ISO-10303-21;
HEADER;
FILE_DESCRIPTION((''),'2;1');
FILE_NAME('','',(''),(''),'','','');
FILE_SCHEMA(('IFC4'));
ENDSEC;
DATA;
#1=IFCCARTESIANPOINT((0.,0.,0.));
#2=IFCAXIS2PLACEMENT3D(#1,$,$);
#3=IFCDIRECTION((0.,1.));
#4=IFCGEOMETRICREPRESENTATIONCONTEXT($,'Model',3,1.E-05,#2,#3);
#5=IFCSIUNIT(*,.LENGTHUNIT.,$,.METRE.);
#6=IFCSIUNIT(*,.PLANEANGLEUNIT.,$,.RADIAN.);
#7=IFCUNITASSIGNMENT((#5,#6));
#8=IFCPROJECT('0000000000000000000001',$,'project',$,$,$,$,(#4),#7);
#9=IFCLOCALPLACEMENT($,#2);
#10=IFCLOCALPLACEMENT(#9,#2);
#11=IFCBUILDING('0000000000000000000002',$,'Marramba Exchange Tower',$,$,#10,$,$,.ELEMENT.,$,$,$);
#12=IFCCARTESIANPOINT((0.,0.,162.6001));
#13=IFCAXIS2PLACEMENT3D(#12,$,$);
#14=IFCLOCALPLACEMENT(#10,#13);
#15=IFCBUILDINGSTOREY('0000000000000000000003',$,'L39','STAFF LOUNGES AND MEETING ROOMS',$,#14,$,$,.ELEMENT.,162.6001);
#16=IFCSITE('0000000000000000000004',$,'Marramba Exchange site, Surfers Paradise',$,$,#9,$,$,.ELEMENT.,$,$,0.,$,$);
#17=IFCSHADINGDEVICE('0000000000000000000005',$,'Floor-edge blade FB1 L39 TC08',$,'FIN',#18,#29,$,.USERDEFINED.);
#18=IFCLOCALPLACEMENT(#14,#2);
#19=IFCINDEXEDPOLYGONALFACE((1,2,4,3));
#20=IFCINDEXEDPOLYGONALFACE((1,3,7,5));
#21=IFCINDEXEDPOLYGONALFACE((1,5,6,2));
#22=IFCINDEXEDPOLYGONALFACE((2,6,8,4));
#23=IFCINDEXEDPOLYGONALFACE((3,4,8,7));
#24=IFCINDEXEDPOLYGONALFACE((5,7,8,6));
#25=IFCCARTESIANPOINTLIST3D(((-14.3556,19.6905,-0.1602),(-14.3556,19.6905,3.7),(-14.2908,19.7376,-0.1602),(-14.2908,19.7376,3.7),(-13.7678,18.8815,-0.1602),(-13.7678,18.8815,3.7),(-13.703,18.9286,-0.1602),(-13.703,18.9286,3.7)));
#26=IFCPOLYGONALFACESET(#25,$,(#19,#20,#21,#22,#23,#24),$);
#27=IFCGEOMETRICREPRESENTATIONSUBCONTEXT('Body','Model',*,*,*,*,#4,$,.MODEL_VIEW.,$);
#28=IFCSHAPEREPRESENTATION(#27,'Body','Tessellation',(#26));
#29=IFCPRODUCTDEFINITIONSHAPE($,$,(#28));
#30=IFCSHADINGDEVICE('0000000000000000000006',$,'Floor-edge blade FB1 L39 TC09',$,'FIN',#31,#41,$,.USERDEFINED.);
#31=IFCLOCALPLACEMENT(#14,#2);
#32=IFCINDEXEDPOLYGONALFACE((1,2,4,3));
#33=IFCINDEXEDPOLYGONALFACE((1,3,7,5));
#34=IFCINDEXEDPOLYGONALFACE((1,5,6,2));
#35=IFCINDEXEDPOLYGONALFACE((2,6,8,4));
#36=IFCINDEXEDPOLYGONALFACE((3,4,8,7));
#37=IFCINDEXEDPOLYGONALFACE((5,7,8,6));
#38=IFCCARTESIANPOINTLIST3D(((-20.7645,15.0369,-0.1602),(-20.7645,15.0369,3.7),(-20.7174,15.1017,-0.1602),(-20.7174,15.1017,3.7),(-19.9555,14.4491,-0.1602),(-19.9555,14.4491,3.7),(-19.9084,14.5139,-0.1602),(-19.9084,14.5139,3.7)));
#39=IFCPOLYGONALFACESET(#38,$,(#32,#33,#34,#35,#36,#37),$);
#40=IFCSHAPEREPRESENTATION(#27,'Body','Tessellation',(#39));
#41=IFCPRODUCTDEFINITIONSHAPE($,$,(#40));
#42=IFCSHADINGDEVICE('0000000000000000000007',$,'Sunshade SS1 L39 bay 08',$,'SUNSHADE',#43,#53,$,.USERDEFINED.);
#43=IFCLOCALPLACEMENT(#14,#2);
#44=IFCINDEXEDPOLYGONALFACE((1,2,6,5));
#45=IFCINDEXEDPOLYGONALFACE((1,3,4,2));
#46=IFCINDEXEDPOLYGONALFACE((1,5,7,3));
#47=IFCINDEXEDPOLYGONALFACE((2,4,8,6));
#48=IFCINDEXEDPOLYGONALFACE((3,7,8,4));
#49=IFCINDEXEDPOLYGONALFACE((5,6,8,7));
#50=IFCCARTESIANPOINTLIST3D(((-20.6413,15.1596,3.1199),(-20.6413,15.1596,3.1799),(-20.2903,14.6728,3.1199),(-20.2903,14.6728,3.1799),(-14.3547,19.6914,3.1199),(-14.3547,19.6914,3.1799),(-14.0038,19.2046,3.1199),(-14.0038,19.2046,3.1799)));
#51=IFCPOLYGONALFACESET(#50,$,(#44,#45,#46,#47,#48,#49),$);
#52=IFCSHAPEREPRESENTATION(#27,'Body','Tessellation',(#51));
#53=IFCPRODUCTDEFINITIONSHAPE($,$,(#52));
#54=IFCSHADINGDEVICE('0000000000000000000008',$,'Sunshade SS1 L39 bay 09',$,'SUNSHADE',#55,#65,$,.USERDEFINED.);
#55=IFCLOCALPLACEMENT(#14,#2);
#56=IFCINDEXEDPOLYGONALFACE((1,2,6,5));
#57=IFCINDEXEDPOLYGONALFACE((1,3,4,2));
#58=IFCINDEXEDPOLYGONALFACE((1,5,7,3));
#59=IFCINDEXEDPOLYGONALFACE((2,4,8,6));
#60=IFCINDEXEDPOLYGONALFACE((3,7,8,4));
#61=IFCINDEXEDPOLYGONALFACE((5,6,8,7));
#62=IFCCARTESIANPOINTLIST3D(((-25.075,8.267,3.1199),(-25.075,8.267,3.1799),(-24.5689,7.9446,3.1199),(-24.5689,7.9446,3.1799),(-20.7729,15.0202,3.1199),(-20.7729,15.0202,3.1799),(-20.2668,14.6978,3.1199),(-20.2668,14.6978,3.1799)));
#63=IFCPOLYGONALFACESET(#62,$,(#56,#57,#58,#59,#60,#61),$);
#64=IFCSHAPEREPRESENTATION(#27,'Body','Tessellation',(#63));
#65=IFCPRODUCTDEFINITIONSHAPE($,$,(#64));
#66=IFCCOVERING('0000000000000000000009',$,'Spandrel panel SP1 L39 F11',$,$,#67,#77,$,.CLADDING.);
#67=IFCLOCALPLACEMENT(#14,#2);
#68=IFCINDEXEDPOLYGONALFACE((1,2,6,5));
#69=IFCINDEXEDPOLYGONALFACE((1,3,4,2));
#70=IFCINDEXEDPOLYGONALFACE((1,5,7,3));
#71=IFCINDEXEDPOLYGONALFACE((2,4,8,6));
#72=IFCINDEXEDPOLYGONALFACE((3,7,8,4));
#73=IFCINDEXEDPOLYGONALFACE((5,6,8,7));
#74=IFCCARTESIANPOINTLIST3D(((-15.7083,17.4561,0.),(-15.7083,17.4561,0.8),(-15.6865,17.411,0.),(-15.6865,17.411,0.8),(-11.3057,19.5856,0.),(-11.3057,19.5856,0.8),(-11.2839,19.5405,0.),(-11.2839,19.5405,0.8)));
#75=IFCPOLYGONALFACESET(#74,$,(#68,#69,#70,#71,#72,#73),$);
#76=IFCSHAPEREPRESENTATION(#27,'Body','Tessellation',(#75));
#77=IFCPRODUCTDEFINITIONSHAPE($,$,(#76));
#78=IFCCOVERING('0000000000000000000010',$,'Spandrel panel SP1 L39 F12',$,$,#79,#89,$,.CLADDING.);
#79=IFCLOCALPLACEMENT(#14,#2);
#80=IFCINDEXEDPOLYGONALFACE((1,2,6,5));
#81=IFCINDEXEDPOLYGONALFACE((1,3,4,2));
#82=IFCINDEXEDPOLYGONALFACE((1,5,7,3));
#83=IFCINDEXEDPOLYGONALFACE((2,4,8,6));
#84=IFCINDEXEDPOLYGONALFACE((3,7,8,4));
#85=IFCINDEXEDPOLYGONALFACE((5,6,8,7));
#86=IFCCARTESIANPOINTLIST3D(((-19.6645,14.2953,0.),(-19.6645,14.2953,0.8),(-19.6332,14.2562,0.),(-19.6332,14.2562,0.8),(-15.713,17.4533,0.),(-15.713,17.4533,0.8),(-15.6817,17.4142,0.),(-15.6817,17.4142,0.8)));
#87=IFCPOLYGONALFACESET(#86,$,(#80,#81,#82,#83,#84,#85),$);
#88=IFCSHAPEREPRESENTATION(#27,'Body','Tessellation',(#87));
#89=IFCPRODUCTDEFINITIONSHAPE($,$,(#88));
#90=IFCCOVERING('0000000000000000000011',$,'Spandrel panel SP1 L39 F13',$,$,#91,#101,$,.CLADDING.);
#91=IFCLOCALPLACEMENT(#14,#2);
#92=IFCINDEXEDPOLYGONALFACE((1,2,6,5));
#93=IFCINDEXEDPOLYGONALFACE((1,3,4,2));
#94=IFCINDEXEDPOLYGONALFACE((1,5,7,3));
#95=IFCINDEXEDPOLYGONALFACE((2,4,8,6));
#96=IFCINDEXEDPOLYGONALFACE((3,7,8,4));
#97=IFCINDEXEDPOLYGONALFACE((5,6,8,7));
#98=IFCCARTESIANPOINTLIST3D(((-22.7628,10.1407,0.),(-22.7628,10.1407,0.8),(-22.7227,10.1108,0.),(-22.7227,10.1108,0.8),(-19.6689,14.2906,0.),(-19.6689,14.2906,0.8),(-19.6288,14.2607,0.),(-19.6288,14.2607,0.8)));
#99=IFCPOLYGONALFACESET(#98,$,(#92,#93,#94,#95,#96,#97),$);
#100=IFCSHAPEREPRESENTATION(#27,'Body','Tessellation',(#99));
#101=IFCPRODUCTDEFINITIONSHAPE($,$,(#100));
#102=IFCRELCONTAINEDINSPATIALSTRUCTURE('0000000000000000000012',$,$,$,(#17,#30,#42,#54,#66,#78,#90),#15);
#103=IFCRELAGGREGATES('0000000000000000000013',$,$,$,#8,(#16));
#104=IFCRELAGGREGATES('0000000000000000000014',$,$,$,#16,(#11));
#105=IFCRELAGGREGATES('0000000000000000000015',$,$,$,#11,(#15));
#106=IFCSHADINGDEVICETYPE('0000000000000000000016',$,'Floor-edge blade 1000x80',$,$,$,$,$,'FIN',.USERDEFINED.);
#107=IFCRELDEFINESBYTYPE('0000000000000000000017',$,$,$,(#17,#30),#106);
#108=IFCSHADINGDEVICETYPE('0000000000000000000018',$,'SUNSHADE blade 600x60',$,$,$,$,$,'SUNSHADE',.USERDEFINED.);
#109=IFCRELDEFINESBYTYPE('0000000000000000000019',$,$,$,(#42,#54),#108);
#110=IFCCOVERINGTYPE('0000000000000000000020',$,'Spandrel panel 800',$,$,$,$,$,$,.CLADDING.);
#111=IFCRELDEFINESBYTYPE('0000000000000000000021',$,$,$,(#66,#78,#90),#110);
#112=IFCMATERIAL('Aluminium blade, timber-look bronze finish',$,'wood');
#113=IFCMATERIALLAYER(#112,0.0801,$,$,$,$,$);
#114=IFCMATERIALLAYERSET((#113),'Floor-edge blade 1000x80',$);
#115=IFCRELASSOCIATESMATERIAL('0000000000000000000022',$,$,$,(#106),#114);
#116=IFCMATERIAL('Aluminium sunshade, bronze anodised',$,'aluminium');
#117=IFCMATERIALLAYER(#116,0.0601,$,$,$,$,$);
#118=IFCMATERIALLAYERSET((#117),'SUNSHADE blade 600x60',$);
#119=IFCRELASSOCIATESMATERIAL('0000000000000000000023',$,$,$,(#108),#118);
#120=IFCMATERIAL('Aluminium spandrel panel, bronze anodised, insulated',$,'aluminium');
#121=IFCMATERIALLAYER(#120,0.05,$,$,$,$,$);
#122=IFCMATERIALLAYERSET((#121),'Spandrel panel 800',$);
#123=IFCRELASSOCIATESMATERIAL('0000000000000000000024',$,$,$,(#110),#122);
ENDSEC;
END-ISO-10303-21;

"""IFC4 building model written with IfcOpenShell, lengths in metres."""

from ifc_helpers import new_model, si_unit, direction, frame, origin, origin_2d, place, context, subcontext, project, spatial, rectangle, extrude, material, layer, layer_set, type_object, element, save


model = new_model("IFC4")

# Units and contexts
model_context = context("Model", 3, precision=1e-05, world=origin(), true_north=direction((0.0, 1.0)))
body_context = subcontext(model_context, "Body", "Model", "MODEL_VIEW")
ifc_project = project(units=[si_unit("LENGTHUNIT", "METRE"), si_unit("PLANEANGLEUNIT", "RADIAN")], contexts=[model_context])

# Site, building, storey
site_placement = place(None, origin())
site = spatial("IfcSite", under=ifc_project, at=site_placement, Name="Marramba Exchange site, Surfers Paradise", CompositionType="ELEMENT", RefElevation=0.0)
building_placement = place(site_placement, origin())
building = spatial("IfcBuilding", under=site, at=building_placement, Name="Marramba Exchange Tower", CompositionType="ELEMENT")
storey_placement = place(building_placement, frame((0.0, 0.0, 162.6001)))
storey = spatial("IfcBuildingStorey", under=building, at=storey_placement, Name="L39", Description="STAFF LOUNGES AND MEETING ROOMS", CompositionType="ELEMENT", Elevation=162.6001)

# Shading devices
ifc_material_1 = material(Name="Aluminium blade, timber-look bronze finish", Category="wood")
ifc_layer_1 = layer(ifc_material_1, 0.0801)
ifc_layer_set_1 = layer_set([ifc_layer_1], Name="Floor-edge blade 1000x80")
shading_device_type_1 = type_object("IfcShadingDeviceType", Name="Floor-edge blade 1000x80", ElementType="FIN", PredefinedType="USERDEFINED", material=ifc_layer_set_1)
for number, where, z_axis, x_axis, name in (
    (1, (-14.0293, 19.3096, -0.1602), (0.0, 0.0, 1.0), (-0.587785, 0.809017, 0.0), "Floor-edge blade FB1 L39 TC08"),
    (2, (-20.3364, 14.7754, -0.1602), (0.0, 0.0, 1.0), (-0.809017, 0.587785, 0.0), "Floor-edge blade FB1 L39 TC09"),
):
    element("IfcShadingDevice", number, at=place(storey_placement, frame(where, z_axis=z_axis, x_axis=x_axis)), inside=storey, type_object=shading_device_type_1, Name=name, ObjectType="FIN", PredefinedType="USERDEFINED", context=body_context, shape_type="SweptSolid", body=[
        extrude(rectangle(XDim=1.0, YDim=0.0801, at=origin_2d()), origin(), (0.0, 0.0, 1.0), 3.8601),
    ])
ifc_material_2 = material(Name="Aluminium sunshade, bronze anodised", Category="aluminium")
ifc_layer_2 = layer(ifc_material_2, 0.0601)
ifc_layer_set_2 = layer_set([ifc_layer_2], Name="SUNSHADE blade 600x60")
shading_device_type_2 = type_object("IfcShadingDeviceType", Name="SUNSHADE blade 600x60", ElementType="SUNSHADE", PredefinedType="USERDEFINED", material=ifc_layer_set_2)
shading_device_1_placement = place(storey_placement, frame((-17.3225, 17.1821, 3.1199), z_axis=(0.0, 0.0, 1.0), x_axis=(-0.811199, -0.58477, 0.0)))
element("IfcShadingDevice", 3, at=shading_device_1_placement, inside=storey, type_object=shading_device_type_2, Name="Sunshade SS1 L39 bay 08", ObjectType="SUNSHADE", PredefinedType="USERDEFINED", context=body_context, shape_type="SweptSolid", body=[
    extrude(rectangle(XDim=7.7498, YDim=0.6001, at=origin_2d()), origin(), (0.0, 0.0, 1.0), 0.0601),
])
shading_device_2_placement = place(storey_placement, frame((-22.6709, 11.4824, 3.1199), z_axis=(0.0, 0.0, 1.0), x_axis=(-0.537285, -0.843401, 0.0)))
element("IfcShadingDevice", 4, at=shading_device_2_placement, inside=storey, type_object=shading_device_type_2, Name="Sunshade SS1 L39 bay 09", ObjectType="SUNSHADE", PredefinedType="USERDEFINED", context=body_context, shape_type="SweptSolid", body=[
    extrude(rectangle(XDim=8.0071, YDim=0.6001, at=origin_2d()), origin(), (0.0, 0.0, 1.0), 0.0601),
])

# Coverings
ifc_material_3 = material(Name="Aluminium spandrel panel, bronze anodised, insulated", Category="aluminium")
ifc_layer_3 = layer(ifc_material_3, 0.05)
ifc_layer_set_3 = layer_set([ifc_layer_3], Name="Spandrel panel 800")
covering_type = type_object("IfcCoveringType", Name="Spandrel panel 800", PredefinedType="CLADDING", material=ifc_layer_set_3)
covering_1_placement = place(storey_placement, frame((-13.4961, 18.4983, 0.0), z_axis=(0.0, 0.0, 1.0), x_axis=(-0.900224, -0.435428, 0.0)))
element("IfcCovering", 5, at=covering_1_placement, inside=storey, type_object=covering_type, Name="Spandrel panel SP1 L39 F11", PredefinedType="CLADDING", context=body_context, shape_type="SweptSolid", body=[
    extrude(rectangle(XDim=4.8906, YDim=0.05, at=origin_2d()), origin(), (0.0, 0.0, 1.0), 0.8),
])
covering_2_placement = place(storey_placement, frame((-17.6731, 15.8547, 0.0), z_axis=(0.0, 0.0, 1.0), x_axis=(-0.781178, -0.624308, 0.0)))
element("IfcCovering", 6, at=covering_2_placement, inside=storey, type_object=covering_type, Name="Spandrel panel SP1 L39 F12", PredefinedType="CLADDING", context=body_context, shape_type="SweptSolid", body=[
    extrude(rectangle(XDim=5.0583, YDim=0.05, at=origin_2d()), origin(), (0.0, 0.0, 1.0), 0.8),
])
covering_3_placement = place(storey_placement, frame((-21.1958, 12.2007, 0.0), z_axis=(0.0, 0.0, 1.0), x_axis=(-0.597704, -0.801717, 0.0)))
element("IfcCovering", 7, at=covering_3_placement, inside=storey, type_object=covering_type, Name="Spandrel panel SP1 L39 F13", PredefinedType="CLADDING", context=body_context, shape_type="SweptSolid", body=[
    extrude(rectangle(XDim=5.1763, YDim=0.05, at=origin_2d()), origin(), (0.0, 0.0, 1.0), 0.8),
])

save(model, "model.ifc")
